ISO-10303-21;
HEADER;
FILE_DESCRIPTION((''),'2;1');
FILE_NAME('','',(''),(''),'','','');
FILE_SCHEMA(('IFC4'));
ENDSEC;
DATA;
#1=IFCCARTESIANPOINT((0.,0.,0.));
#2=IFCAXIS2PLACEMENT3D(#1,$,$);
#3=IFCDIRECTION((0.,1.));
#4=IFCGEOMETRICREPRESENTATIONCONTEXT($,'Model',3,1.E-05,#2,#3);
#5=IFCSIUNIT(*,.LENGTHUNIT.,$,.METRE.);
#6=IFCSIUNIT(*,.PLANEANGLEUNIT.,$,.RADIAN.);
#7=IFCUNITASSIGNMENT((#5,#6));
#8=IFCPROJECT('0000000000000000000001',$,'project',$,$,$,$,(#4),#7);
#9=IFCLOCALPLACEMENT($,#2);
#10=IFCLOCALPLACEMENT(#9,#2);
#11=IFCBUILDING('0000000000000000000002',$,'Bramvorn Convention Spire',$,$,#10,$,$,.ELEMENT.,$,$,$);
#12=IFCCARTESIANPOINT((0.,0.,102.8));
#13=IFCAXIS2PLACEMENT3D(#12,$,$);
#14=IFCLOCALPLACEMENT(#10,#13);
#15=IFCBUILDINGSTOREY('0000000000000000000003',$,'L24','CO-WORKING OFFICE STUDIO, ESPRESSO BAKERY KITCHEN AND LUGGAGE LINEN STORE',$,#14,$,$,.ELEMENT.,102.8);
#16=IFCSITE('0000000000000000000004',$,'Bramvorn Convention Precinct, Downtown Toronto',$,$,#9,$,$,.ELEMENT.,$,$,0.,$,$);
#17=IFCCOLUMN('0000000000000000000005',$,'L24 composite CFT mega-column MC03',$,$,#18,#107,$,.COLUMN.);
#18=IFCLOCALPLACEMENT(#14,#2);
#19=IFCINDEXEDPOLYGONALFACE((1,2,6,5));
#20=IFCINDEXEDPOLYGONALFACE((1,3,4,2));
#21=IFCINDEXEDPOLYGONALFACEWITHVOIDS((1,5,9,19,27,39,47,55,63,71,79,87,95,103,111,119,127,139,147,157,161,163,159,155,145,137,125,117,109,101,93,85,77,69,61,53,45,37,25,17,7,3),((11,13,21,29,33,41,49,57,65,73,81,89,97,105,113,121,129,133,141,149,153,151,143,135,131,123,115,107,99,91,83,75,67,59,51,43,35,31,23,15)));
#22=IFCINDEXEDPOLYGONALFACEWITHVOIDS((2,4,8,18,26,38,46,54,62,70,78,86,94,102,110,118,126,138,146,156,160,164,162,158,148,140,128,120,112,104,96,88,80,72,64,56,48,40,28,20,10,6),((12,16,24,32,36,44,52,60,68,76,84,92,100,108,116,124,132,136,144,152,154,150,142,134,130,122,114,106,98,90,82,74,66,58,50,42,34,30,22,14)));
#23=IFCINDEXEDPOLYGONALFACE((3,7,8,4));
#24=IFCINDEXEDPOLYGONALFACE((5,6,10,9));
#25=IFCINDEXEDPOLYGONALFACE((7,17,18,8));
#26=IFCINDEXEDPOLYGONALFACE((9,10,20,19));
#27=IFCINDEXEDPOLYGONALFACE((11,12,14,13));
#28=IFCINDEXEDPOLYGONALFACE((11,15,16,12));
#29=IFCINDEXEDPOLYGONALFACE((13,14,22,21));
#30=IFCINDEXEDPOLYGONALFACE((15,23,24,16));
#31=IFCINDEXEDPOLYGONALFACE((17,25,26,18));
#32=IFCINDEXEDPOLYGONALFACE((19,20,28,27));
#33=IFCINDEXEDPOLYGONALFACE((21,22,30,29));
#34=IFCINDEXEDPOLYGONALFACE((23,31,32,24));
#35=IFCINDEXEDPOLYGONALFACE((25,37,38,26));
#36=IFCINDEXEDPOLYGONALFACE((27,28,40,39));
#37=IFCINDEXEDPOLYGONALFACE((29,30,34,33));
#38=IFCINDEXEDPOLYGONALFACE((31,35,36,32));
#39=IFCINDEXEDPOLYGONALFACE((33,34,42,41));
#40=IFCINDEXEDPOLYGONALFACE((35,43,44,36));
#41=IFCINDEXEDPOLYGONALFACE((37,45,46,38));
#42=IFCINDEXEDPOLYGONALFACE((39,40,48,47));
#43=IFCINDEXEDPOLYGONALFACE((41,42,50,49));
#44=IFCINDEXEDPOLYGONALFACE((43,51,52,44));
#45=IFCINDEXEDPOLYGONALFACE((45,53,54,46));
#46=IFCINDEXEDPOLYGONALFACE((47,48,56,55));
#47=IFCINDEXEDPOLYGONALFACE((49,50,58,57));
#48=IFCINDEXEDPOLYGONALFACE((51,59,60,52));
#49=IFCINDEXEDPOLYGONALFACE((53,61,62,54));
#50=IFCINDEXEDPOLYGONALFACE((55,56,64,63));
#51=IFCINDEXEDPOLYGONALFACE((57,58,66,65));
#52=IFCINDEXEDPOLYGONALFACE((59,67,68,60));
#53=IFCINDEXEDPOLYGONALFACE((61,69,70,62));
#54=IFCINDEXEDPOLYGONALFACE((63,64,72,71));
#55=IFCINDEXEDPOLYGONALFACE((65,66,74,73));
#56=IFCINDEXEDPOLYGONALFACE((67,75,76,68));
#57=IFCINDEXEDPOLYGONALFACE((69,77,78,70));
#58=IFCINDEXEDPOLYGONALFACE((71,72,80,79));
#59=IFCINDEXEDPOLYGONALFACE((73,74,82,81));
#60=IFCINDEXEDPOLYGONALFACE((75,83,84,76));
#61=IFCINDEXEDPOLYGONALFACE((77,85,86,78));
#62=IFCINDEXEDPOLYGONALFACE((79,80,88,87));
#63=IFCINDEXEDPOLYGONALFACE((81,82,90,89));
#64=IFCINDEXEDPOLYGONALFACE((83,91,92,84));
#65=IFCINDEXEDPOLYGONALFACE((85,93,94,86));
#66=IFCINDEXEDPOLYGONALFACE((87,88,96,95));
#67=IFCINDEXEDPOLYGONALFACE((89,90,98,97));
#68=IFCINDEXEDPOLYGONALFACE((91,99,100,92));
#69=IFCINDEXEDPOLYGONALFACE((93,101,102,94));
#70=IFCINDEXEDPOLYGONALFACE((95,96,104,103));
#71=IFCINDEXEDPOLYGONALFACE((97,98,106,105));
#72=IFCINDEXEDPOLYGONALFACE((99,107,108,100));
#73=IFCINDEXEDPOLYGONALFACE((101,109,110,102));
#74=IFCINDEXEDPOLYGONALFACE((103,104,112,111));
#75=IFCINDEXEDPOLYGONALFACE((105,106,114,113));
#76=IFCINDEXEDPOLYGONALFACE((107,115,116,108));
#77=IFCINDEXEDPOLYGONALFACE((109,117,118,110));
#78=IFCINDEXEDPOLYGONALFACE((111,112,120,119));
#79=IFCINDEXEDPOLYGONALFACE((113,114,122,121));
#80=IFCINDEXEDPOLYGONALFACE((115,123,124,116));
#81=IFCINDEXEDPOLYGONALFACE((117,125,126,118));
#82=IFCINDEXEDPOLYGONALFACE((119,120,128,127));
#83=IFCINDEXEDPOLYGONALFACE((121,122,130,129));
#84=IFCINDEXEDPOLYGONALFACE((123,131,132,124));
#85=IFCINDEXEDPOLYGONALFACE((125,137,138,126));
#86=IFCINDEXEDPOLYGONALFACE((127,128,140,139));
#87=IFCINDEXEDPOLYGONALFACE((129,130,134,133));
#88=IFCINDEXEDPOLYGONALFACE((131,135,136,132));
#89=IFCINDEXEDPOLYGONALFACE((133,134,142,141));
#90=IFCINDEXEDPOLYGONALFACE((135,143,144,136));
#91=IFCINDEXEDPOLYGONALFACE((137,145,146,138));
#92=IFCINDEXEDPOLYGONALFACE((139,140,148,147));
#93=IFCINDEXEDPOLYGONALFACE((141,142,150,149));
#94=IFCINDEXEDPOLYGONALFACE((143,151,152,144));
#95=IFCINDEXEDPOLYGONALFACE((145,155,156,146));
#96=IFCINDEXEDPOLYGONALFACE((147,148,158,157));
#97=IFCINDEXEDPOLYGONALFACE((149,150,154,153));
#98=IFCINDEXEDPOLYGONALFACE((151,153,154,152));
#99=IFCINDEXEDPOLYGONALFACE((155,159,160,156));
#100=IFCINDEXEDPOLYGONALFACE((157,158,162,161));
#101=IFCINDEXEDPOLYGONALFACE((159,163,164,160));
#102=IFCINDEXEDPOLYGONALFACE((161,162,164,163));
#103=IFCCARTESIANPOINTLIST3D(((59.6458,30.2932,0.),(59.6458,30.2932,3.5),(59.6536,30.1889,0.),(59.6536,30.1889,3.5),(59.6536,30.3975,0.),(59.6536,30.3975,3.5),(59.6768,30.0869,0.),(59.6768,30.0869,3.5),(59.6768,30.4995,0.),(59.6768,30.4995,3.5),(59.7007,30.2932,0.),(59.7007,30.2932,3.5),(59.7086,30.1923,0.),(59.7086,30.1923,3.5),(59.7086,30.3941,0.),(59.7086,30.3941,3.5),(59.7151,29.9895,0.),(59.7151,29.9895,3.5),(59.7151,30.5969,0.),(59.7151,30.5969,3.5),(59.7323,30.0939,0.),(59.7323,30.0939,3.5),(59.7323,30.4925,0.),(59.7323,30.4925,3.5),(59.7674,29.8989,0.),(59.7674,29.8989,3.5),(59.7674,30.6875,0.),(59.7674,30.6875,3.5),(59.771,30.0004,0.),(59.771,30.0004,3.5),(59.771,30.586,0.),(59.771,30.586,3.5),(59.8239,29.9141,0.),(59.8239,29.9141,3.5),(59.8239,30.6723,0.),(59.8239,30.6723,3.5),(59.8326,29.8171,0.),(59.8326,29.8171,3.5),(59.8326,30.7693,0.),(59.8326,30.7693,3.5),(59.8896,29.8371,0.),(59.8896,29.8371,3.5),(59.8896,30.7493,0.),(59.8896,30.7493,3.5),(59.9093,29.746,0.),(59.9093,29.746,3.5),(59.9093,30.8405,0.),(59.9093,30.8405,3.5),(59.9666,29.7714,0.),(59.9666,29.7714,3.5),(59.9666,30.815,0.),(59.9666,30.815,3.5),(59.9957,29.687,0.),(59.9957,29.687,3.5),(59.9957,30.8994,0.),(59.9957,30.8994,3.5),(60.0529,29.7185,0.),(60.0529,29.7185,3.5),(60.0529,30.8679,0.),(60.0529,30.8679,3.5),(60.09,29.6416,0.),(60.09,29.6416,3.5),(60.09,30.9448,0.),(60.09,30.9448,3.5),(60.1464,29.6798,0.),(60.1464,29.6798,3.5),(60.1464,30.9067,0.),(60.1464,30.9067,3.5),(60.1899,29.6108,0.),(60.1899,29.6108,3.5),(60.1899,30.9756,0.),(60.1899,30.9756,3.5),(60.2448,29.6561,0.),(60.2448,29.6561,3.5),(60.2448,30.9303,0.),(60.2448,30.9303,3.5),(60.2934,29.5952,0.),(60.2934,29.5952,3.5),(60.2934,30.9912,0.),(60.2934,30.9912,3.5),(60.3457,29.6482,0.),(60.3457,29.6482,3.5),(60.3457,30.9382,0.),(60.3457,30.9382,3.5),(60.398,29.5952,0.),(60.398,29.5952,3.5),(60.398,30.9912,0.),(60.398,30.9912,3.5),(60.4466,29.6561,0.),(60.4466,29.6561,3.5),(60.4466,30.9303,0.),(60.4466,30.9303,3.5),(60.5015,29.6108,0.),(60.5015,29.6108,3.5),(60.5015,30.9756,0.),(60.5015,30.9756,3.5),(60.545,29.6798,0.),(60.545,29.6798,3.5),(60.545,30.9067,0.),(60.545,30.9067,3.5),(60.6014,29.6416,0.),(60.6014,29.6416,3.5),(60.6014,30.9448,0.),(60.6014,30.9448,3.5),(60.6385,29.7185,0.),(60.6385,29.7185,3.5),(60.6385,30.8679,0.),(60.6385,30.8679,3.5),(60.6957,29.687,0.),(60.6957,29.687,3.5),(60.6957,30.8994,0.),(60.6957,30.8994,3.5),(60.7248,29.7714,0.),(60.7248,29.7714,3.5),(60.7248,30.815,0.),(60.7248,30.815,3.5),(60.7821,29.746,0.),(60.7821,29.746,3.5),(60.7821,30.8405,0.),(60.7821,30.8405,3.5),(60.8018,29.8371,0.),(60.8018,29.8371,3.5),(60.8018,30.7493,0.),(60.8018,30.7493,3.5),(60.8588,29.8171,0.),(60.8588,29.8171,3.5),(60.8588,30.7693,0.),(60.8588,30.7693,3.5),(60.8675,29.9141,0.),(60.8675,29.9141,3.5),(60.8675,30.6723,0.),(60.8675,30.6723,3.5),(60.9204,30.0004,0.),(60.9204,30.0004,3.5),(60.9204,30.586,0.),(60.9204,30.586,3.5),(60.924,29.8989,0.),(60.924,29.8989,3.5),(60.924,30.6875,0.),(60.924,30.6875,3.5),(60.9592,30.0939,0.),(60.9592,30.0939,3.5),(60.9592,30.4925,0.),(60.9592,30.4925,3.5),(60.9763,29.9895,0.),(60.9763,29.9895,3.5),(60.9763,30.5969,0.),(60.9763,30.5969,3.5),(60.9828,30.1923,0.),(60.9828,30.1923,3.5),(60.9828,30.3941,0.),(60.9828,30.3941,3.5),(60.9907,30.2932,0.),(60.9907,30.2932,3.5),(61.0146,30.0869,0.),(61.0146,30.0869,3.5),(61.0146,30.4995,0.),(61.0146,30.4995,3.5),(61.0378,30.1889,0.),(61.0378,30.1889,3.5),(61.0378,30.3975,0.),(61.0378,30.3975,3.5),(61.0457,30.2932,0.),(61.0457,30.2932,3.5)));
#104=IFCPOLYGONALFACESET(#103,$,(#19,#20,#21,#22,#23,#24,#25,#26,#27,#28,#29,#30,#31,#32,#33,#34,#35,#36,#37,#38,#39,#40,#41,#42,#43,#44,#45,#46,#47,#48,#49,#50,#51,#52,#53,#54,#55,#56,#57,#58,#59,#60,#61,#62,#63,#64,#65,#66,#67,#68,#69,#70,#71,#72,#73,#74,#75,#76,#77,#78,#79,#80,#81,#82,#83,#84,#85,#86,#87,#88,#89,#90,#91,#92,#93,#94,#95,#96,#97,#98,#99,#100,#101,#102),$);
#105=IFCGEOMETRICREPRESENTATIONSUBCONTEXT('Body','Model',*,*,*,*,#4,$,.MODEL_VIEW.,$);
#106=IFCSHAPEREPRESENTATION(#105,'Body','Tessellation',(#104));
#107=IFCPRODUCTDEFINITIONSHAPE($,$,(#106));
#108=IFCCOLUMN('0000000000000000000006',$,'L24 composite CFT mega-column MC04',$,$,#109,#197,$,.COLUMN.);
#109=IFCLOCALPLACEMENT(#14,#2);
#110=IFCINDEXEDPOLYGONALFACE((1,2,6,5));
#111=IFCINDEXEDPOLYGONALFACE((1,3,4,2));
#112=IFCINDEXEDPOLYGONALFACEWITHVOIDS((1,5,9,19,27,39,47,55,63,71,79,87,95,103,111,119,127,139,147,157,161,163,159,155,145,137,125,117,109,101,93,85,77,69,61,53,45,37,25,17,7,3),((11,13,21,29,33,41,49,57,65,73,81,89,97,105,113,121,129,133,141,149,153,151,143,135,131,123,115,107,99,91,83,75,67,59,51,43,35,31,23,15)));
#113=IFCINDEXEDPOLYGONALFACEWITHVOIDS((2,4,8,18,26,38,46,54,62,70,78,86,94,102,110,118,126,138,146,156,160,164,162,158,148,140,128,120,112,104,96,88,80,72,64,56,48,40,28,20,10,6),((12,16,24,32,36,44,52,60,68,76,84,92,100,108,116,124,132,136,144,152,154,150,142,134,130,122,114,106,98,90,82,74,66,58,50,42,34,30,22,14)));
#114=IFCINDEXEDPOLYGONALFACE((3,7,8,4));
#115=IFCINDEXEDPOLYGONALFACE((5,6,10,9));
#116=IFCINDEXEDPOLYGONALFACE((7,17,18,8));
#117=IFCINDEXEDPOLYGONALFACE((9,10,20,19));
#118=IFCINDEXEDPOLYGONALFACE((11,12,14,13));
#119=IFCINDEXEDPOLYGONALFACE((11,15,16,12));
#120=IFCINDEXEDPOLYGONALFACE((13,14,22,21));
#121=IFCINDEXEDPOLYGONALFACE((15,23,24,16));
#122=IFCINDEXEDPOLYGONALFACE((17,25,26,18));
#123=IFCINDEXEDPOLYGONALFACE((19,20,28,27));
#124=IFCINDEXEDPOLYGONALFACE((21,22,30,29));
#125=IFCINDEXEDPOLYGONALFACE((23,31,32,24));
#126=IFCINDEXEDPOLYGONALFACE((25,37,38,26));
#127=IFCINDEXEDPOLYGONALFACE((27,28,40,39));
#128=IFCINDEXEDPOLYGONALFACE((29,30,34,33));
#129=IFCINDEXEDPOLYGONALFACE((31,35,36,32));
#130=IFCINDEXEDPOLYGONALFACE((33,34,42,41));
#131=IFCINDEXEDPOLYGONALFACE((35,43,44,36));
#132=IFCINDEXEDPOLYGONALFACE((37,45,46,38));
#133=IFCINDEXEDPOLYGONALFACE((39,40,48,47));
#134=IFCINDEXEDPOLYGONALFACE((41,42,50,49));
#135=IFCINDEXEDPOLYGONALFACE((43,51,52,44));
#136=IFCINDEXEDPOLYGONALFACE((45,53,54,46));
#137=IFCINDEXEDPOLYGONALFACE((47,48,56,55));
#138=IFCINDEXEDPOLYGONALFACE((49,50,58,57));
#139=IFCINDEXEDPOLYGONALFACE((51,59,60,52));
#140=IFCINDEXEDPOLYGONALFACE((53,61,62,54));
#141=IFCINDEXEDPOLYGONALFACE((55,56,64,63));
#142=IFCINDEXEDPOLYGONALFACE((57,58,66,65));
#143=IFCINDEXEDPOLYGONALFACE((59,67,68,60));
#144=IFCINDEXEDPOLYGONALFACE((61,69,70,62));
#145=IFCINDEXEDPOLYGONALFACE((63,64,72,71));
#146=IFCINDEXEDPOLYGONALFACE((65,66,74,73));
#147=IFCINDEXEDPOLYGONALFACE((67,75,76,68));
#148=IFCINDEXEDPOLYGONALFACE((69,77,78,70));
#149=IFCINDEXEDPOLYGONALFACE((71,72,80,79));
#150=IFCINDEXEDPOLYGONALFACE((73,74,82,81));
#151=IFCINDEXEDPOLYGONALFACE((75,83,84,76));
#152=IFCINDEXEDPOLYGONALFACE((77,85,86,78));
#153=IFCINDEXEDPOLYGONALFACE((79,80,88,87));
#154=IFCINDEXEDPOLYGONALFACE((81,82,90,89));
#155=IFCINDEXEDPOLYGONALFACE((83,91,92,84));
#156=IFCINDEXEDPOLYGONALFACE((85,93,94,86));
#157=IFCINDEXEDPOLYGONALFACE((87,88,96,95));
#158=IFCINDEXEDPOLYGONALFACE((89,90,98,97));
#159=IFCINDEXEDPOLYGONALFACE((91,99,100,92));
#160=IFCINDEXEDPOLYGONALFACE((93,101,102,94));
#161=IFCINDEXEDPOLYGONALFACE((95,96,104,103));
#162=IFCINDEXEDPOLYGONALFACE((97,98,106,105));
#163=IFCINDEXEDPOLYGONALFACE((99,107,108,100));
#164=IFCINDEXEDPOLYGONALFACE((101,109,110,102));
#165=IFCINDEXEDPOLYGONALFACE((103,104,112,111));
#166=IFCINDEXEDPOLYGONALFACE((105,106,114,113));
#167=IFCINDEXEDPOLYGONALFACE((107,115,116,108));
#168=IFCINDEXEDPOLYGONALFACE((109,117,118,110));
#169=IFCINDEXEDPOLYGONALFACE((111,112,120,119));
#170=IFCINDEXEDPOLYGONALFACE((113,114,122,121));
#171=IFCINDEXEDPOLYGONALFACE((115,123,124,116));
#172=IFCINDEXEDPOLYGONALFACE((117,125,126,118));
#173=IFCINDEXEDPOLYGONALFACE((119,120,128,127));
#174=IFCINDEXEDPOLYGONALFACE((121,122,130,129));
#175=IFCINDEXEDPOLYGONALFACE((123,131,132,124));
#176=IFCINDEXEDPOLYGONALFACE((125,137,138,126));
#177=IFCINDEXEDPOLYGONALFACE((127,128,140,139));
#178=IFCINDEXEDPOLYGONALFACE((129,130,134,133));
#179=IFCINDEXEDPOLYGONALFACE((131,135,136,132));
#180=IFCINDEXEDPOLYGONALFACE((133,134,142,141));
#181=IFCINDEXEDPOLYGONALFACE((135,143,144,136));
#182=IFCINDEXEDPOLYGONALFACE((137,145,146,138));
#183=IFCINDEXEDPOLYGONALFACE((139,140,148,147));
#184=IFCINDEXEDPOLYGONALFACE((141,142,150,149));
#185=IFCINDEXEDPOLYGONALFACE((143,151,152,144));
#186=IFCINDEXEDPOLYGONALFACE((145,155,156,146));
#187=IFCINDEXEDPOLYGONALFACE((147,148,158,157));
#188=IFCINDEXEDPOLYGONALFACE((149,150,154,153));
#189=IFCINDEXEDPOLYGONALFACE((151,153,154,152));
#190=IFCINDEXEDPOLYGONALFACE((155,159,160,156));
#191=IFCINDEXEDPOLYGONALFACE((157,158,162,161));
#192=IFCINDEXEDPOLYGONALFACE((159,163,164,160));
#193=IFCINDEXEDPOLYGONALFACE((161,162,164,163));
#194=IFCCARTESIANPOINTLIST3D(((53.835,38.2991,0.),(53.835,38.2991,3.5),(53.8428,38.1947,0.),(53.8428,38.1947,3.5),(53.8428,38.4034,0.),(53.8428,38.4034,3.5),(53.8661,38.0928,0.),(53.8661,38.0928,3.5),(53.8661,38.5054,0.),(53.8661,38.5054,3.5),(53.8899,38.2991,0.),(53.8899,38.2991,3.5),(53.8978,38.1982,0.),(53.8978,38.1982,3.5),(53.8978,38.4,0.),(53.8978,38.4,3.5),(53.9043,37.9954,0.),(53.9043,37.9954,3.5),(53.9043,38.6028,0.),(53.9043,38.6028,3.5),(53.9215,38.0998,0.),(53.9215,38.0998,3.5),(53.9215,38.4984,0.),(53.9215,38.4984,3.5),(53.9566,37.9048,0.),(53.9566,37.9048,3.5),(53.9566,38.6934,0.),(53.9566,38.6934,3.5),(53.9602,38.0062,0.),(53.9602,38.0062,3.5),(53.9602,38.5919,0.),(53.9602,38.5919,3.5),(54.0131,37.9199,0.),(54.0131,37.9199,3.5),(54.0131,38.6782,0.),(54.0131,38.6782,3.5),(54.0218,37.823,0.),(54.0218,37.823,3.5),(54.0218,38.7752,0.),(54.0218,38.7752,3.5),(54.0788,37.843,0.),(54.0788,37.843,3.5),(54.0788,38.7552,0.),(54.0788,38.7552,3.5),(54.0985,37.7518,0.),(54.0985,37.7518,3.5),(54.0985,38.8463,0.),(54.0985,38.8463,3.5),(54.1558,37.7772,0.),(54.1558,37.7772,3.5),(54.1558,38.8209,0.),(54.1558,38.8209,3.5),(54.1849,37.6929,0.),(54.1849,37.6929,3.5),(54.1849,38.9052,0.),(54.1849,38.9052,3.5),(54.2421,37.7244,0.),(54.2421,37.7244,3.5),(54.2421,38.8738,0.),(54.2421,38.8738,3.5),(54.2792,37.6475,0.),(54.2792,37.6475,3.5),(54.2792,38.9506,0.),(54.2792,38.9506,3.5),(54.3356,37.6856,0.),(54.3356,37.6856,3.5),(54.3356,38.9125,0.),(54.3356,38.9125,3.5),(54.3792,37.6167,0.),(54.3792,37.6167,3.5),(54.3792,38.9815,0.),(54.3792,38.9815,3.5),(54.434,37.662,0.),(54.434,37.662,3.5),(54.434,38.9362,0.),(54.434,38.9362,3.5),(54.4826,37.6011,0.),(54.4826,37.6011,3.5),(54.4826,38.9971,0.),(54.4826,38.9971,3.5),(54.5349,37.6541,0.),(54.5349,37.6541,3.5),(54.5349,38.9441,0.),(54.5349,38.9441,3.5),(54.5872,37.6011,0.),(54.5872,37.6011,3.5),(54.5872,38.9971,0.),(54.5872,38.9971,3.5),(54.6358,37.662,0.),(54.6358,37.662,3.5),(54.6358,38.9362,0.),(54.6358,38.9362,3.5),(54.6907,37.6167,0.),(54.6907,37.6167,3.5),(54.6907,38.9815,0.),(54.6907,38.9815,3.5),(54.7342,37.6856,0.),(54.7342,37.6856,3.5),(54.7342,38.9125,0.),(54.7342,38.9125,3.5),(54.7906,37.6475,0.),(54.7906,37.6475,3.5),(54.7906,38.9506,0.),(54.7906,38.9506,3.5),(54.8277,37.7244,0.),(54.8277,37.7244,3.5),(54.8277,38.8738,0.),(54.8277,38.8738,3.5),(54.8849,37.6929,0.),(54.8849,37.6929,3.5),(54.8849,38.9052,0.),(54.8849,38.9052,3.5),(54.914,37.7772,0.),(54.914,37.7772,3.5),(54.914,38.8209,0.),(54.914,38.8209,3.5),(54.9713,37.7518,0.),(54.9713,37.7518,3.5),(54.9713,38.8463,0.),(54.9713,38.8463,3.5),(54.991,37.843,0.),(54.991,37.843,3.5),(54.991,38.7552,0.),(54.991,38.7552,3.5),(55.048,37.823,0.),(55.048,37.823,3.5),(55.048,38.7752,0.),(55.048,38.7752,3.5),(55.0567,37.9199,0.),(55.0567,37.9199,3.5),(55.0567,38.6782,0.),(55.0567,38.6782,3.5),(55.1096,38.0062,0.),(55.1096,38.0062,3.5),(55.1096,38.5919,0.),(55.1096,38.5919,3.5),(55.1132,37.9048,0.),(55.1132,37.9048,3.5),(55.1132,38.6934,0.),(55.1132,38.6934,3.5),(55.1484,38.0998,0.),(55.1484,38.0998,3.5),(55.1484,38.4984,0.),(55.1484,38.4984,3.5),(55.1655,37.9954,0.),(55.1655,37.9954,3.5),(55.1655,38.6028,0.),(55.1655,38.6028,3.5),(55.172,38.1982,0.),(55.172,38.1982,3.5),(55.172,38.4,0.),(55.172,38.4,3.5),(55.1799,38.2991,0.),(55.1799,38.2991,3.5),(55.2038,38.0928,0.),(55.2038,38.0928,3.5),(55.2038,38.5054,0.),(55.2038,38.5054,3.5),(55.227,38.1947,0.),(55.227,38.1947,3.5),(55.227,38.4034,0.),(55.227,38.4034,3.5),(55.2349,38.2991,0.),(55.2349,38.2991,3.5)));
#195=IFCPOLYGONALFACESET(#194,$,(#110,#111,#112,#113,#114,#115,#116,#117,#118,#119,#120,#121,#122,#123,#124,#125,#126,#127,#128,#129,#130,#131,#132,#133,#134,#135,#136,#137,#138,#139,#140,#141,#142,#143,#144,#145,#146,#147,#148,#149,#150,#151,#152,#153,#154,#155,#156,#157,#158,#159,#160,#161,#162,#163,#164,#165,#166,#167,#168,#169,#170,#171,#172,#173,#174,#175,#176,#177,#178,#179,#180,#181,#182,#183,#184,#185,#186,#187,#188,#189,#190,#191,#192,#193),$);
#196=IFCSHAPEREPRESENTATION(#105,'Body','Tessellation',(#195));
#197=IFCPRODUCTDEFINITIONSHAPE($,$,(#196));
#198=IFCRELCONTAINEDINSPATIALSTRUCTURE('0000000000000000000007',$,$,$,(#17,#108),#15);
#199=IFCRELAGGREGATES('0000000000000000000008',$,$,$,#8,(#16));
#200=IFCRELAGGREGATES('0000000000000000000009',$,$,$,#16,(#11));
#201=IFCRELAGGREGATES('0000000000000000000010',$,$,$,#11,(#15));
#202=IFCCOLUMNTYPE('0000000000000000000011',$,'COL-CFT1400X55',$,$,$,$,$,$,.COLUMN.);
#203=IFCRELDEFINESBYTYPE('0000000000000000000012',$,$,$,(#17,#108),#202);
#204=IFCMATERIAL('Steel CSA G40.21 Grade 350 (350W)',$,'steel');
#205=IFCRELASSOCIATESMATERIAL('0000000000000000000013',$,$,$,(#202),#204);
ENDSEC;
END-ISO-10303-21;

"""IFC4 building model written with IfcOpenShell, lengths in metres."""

from ifc_helpers import new_model, si_unit, direction, frame, origin, origin_2d, place, context, subcontext, project, spatial, hollow_circle, extrude, material, material_profile, profile_set, type_object, element, save


model = new_model("IFC4")

# Units and contexts
model_context = context("Model", 3, precision=1e-05, world=origin(), true_north=direction((0.0, 1.0)))
body_context = subcontext(model_context, "Body", "Model", "MODEL_VIEW")
ifc_project = project(units=[si_unit("LENGTHUNIT", "METRE"), si_unit("PLANEANGLEUNIT", "RADIAN")], contexts=[model_context])

# Site, building, storey
site_placement = place(None, origin())
site = spatial("IfcSite", under=ifc_project, at=site_placement, Name="Bramvorn Convention Precinct, Downtown Toronto", CompositionType="ELEMENT", RefElevation=0.0)
building_placement = place(site_placement, origin())
building = spatial("IfcBuilding", under=site, at=building_placement, Name="Bramvorn Convention Spire", CompositionType="ELEMENT")
storey_placement = place(building_placement, frame((0.0, 0.0, 102.8)))
storey = spatial("IfcBuildingStorey", under=building, at=storey_placement, Name="L24", Description="CO-WORKING OFFICE STUDIO, ESPRESSO BAKERY KITCHEN AND LUGGAGE LINEN STORE", CompositionType="ELEMENT", Elevation=102.8)

# Columns
ifc_material_1 = material(Name="Steel CSA G40.21 Grade 350 (350W)", Category="steel")
ifc_material_profile_1 = material_profile(ifc_material_1, hollow_circle(Radius=0.7, WallThickness=0.0549, at=origin_2d()))
ifc_profile_set_1 = profile_set([ifc_material_profile_1], Name="Steel CSA G40.21 Grade 350 (350W) - CFT1400X55")
column_type = type_object("IfcColumnType", Name="COL-CFT1400X55", PredefinedType="COLUMN", material=ifc_profile_set_1)
for number, where, z_axis, x_axis, name in (
    (1, (60.3457, 30.2932, 0.0), (0.0, 0.0, 1.0), (1.0, 0.0, 0.0), "L24 composite CFT mega-column MC03"),
    (2, (54.5349, 38.2991, 0.0), (0.0, 0.0, 1.0), (1.0, 0.0, 0.0), "L24 composite CFT mega-column MC04"),
):
    element("IfcColumn", number, at=place(storey_placement, frame(where, z_axis=z_axis, x_axis=x_axis)), inside=storey, type_object=column_type, Name=name, PredefinedType="COLUMN", context=body_context, shape_type="SweptSolid", body=[
        extrude(hollow_circle(Radius=0.7, WallThickness=0.0549, at=origin_2d()), origin(), (0.0, 0.0, 1.0), 3.5),
    ])

save(model, "model.ifc")
